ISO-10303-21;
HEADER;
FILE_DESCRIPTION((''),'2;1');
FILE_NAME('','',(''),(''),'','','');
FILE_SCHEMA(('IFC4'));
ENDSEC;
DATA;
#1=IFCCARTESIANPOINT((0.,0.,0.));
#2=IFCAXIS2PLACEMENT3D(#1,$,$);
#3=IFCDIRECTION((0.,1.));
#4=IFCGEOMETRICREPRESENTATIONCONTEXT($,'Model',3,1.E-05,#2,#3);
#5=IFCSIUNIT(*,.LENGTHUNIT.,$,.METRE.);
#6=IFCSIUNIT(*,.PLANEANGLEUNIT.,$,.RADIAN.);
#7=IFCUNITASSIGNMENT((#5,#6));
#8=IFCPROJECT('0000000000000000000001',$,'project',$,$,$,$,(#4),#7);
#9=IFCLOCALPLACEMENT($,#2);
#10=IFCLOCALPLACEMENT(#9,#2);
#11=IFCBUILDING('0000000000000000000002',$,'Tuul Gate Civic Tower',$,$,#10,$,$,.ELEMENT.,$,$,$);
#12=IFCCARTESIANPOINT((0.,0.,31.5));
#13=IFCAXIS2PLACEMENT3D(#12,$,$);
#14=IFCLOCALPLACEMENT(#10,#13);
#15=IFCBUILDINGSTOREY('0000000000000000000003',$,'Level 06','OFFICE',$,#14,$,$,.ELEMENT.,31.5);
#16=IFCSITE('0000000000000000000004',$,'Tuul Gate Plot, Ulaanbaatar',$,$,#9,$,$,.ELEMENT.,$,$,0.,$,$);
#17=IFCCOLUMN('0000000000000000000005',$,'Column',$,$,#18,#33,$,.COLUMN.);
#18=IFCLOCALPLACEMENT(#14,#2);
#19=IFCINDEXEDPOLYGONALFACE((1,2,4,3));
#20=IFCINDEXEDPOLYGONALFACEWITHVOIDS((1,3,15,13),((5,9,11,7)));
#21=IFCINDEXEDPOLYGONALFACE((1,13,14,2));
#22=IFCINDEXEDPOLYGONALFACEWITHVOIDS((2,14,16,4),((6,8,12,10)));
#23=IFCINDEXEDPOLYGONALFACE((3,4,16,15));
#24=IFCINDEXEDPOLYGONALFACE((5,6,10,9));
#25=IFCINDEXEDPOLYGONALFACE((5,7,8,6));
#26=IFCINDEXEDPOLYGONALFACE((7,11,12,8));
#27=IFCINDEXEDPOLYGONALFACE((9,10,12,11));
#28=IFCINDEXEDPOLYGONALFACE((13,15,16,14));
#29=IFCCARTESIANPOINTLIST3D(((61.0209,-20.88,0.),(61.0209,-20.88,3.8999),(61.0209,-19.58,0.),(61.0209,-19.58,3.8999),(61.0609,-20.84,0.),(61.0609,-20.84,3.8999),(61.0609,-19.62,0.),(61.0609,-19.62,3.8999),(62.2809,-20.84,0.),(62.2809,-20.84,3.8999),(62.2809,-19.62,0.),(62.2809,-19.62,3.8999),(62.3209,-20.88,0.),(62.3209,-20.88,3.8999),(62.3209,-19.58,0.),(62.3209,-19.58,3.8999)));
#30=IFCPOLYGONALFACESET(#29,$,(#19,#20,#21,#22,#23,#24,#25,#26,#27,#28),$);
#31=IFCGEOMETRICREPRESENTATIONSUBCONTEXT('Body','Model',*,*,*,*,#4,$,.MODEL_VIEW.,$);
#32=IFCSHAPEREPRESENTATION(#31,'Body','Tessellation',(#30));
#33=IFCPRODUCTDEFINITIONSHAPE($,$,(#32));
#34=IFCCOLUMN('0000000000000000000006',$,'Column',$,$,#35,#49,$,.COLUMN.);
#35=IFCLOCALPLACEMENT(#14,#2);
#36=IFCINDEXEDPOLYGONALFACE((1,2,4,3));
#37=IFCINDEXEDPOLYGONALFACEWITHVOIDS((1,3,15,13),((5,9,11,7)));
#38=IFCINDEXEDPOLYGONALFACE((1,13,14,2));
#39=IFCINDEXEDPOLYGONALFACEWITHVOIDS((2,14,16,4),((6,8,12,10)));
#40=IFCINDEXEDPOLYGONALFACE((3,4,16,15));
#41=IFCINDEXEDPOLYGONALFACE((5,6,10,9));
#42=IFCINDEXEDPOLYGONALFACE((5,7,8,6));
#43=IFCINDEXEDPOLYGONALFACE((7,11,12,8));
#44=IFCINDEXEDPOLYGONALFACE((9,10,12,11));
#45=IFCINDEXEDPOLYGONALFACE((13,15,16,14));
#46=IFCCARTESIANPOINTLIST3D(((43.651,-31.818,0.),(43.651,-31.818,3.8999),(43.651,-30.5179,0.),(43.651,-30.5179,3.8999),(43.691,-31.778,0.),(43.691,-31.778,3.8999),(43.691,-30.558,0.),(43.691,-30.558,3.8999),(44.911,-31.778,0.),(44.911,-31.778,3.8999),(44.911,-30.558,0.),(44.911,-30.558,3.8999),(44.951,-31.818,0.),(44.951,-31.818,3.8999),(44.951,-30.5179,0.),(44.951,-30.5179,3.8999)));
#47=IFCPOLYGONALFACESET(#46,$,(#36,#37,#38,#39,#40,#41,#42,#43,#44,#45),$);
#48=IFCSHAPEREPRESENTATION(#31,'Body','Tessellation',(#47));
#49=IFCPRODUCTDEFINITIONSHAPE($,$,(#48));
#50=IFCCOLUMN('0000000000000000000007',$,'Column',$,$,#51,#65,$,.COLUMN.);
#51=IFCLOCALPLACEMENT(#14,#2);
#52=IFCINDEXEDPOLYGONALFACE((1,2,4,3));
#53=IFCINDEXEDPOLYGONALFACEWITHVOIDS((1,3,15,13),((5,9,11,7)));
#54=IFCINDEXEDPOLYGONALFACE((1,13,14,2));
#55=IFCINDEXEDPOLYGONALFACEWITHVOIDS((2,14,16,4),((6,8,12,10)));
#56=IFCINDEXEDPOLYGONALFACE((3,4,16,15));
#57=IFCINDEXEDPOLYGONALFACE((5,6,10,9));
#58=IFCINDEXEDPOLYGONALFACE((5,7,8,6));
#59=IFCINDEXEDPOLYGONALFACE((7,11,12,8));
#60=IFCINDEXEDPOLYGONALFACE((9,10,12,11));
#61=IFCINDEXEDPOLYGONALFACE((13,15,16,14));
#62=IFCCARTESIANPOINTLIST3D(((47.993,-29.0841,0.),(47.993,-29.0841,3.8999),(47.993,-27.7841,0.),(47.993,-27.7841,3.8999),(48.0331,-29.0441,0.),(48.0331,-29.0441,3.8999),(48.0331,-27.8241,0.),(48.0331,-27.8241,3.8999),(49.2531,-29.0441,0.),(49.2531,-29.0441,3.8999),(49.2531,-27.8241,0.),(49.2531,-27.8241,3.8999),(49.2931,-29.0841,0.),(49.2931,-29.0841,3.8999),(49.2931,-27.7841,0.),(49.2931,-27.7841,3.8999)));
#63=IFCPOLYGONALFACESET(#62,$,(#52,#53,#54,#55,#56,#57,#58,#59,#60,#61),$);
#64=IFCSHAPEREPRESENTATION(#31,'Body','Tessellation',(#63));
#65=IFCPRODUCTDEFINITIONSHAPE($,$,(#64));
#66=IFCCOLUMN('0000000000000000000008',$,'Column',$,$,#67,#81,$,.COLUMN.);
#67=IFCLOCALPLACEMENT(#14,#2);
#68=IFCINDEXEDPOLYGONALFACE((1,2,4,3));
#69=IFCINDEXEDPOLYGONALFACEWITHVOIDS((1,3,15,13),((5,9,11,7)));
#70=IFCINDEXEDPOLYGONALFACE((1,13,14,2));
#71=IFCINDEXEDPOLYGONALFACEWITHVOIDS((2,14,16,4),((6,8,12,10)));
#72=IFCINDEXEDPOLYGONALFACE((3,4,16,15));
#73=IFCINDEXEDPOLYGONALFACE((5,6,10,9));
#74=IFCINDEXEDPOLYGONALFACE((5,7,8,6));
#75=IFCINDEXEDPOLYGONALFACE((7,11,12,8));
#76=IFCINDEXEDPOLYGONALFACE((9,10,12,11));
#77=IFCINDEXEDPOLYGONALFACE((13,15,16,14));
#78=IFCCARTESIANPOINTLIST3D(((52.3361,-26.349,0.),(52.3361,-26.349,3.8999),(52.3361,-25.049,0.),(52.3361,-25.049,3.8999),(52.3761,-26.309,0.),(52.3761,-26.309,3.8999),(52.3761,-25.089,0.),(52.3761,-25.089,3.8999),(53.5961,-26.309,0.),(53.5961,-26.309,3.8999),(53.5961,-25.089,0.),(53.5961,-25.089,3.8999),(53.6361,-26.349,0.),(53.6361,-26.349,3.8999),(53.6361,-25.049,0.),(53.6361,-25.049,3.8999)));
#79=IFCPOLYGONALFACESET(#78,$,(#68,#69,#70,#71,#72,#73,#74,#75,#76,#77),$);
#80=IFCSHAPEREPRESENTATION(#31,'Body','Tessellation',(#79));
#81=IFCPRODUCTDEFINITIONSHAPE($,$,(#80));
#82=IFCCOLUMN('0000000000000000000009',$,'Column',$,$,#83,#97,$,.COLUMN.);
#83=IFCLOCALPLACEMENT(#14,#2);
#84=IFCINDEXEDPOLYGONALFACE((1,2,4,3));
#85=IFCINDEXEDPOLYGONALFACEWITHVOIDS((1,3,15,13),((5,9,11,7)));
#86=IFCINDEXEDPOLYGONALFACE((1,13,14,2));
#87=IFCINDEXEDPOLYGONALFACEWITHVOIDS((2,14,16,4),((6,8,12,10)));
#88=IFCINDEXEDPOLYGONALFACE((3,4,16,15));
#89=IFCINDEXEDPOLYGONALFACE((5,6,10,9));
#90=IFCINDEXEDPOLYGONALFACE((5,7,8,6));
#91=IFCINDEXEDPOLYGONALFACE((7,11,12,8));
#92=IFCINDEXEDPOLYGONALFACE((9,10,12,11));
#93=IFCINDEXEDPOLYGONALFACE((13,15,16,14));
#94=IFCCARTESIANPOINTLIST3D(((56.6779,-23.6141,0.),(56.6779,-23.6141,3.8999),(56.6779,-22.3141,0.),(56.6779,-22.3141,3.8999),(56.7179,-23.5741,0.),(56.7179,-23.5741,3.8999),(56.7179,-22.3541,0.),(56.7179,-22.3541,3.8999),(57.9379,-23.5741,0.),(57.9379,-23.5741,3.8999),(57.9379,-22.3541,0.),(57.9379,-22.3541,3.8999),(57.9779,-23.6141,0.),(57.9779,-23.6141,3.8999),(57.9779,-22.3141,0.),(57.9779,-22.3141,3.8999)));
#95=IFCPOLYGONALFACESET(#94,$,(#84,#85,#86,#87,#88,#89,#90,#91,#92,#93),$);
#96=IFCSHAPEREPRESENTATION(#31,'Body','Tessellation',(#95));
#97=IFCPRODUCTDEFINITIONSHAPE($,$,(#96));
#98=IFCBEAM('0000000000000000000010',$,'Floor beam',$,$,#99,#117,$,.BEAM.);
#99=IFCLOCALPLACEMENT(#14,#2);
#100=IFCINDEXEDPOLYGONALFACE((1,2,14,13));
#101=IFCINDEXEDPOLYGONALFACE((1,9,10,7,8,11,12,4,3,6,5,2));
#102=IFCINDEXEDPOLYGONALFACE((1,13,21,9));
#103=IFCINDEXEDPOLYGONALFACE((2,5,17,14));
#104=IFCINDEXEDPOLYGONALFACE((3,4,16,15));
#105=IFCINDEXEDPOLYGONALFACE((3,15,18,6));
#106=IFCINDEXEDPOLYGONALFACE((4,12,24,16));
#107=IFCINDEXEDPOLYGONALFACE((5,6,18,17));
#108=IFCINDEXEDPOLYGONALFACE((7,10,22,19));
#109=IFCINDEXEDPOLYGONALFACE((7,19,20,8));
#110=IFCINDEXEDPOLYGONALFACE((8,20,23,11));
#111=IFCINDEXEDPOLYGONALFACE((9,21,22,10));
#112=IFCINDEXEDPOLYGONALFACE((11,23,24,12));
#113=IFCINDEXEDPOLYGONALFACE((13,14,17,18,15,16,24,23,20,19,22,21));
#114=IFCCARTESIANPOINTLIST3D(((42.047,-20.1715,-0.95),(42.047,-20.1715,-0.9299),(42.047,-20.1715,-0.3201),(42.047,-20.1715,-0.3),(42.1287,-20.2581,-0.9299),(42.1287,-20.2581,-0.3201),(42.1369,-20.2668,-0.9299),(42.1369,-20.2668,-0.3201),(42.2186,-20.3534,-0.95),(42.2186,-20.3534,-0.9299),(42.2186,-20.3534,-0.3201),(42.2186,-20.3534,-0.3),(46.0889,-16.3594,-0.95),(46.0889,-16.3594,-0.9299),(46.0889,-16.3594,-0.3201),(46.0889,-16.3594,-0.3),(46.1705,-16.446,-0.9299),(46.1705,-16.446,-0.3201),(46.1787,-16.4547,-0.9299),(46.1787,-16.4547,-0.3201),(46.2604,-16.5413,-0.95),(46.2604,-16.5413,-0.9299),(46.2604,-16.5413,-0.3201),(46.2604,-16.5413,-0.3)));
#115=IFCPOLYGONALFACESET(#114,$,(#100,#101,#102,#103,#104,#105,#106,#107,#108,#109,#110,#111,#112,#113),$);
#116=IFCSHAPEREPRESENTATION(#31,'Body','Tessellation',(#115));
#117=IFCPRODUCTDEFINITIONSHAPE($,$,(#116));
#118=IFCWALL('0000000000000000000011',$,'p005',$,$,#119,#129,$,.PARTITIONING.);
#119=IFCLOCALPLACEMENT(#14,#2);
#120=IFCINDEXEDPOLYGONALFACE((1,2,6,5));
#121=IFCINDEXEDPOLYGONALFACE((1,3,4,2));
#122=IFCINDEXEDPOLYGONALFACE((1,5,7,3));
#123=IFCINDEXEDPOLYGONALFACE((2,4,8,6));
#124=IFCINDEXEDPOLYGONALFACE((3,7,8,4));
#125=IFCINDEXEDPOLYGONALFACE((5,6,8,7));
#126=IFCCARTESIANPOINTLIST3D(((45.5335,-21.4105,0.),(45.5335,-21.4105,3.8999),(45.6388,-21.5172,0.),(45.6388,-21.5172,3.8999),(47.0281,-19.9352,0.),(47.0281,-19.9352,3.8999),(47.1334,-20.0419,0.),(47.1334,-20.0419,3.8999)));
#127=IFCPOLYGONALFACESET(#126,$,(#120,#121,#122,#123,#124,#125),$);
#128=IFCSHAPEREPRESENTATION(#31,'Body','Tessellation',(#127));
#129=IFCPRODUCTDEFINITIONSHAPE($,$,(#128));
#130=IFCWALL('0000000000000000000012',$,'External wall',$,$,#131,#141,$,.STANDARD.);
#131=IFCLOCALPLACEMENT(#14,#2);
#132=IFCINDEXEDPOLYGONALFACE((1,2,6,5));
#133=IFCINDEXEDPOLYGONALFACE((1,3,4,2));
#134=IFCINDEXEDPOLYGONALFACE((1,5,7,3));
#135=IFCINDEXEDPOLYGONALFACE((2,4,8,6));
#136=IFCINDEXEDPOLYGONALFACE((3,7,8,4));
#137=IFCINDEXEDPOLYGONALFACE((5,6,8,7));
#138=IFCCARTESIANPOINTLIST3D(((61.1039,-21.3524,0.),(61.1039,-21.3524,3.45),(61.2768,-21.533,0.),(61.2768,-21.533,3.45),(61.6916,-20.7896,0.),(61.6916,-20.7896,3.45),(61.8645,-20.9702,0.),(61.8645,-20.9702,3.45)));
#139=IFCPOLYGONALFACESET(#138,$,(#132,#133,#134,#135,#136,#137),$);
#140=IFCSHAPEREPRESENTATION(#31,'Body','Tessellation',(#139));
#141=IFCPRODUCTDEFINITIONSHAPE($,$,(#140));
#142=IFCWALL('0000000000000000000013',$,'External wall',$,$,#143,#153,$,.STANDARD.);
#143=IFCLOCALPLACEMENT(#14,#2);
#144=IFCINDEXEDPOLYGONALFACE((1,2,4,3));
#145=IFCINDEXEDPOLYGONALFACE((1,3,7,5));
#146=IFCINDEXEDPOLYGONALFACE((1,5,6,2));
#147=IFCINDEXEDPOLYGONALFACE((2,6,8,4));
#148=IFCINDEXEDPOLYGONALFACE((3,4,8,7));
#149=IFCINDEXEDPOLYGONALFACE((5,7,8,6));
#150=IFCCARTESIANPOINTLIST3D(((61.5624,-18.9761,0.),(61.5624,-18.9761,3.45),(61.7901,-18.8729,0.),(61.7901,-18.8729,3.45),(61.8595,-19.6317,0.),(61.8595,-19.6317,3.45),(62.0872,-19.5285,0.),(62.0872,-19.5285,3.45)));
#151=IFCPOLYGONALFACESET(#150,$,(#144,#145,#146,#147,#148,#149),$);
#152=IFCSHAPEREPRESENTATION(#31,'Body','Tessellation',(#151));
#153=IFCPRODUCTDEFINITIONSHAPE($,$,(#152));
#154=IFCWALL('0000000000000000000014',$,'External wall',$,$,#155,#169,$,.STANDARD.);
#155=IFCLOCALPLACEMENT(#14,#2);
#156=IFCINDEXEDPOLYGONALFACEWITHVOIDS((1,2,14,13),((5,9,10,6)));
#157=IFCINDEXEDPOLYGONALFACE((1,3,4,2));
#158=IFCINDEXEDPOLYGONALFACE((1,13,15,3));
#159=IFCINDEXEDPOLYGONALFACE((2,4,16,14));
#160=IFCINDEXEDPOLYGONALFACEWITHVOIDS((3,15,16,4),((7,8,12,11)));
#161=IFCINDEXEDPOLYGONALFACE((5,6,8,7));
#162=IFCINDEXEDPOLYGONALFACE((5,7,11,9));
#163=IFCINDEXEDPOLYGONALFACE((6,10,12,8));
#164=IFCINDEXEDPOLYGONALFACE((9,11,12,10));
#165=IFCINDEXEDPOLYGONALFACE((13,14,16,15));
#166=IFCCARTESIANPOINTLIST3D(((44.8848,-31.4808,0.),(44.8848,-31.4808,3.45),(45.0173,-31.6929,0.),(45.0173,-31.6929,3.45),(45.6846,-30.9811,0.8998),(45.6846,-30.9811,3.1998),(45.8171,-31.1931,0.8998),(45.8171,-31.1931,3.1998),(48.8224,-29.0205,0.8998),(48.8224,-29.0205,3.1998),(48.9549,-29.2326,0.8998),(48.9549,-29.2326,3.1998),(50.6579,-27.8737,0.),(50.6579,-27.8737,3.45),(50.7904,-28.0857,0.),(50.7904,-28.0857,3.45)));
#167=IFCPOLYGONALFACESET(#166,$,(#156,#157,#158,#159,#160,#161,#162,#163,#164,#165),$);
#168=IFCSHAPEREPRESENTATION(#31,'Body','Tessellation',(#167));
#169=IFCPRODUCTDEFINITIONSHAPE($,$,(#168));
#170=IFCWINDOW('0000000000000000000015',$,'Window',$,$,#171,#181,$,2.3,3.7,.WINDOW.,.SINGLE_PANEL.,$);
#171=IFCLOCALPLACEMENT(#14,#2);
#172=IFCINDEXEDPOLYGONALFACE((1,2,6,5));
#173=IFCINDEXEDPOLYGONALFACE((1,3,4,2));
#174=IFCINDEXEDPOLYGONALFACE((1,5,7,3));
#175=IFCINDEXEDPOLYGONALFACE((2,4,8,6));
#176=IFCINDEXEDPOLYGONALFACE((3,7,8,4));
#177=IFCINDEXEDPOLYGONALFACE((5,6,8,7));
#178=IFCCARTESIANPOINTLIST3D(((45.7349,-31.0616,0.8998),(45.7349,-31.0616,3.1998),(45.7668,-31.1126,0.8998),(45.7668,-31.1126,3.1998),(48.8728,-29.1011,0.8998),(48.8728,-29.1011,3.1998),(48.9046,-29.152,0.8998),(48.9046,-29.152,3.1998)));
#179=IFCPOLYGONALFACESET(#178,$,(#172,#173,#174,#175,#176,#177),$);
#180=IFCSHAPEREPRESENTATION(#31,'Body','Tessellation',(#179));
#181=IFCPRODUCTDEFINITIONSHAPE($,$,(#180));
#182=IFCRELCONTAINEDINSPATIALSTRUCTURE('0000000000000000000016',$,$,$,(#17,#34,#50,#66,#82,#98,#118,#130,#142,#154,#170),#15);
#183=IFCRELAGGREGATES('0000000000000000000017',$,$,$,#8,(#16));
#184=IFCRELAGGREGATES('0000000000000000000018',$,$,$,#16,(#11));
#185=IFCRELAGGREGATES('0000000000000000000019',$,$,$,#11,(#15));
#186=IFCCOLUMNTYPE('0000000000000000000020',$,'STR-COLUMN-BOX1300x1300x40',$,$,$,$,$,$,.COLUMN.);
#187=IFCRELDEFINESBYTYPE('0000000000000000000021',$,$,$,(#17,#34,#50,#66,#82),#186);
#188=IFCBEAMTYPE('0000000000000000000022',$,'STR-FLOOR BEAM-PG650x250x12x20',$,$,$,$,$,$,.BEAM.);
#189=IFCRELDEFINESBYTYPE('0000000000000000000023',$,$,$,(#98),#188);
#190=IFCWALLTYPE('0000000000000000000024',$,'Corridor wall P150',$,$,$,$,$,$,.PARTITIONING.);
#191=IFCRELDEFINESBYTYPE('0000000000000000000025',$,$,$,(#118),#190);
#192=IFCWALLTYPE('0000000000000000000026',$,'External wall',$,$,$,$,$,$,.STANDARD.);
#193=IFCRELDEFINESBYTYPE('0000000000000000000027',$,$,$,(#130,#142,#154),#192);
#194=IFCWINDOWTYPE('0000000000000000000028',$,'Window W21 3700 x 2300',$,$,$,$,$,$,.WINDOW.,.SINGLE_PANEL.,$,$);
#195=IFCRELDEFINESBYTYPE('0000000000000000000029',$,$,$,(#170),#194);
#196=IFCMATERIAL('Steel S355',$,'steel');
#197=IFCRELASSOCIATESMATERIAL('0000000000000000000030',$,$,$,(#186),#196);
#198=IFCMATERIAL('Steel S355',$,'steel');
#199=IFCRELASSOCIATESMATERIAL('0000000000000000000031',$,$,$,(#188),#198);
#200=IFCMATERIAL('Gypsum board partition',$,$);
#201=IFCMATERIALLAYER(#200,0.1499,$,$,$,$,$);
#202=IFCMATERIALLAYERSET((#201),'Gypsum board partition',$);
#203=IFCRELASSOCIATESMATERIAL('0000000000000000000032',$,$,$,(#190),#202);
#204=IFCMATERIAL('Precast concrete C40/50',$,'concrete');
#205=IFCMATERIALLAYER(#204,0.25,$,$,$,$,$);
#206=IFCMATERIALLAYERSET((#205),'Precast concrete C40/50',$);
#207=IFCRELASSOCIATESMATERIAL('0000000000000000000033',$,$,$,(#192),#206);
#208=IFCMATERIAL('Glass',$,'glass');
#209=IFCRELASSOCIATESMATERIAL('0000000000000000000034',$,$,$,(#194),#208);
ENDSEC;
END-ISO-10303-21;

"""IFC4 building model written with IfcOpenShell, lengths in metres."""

from ifc_helpers import new_model, si_unit, direction, frame, frame_2d, origin, origin_2d, place, context, subcontext, project, spatial, rectangle, hollow_rectangle, i_section, extrude, material, layer, layer_set, material_profile, profile_set, type_object, element, fill, save


model = new_model("IFC4")

# Units and contexts
model_context = context("Model", 3, precision=1e-05, world=origin(), true_north=direction((0.0, 1.0)))
body_context = subcontext(model_context, "Body", "Model", "MODEL_VIEW")
ifc_project = project(units=[si_unit("LENGTHUNIT", "METRE"), si_unit("PLANEANGLEUNIT", "RADIAN")], contexts=[model_context])

# Site, building, storey
site_placement = place(None, origin())
site = spatial("IfcSite", under=ifc_project, at=site_placement, Name="Tuul Gate Plot, Ulaanbaatar", CompositionType="ELEMENT", RefElevation=0.0)
building_placement = place(site_placement, origin())
building = spatial("IfcBuilding", under=site, at=building_placement, Name="Tuul Gate Civic Tower", CompositionType="ELEMENT")
storey_placement = place(building_placement, frame((0.0, 0.0, 31.5)))
storey = spatial("IfcBuildingStorey", under=building, at=storey_placement, Name="Level 06", Description="OFFICE", CompositionType="ELEMENT", Elevation=31.5)

# Columns
ifc_material_1 = material(Name="Steel S355", Category="steel")
ifc_material_profile_1 = material_profile(ifc_material_1, hollow_rectangle(XDim=1.3, YDim=1.3, WallThickness=0.04, at=origin_2d()), Name="BOX1300x1300x40")
ifc_profile_set_1 = profile_set([ifc_material_profile_1], Name="Steel S355")
column_type = type_object("IfcColumnType", Name="STR-COLUMN-BOX1300x1300x40", PredefinedType="COLUMN", material=ifc_profile_set_1)
for number, where, z_axis, x_axis, name in (
    (1, (61.6709, -20.23, 0.0), (0.0, 0.0, 1.0), (1.0, 0.0, 0.0), "Column"),
    (2, (44.301, -31.168, 0.0), (0.0, 0.0, 1.0), (1.0, 0.0, 0.0), "Column"),
    (3, (48.6431, -28.4341, 0.0), (0.0, 0.0, 1.0), (1.0, 0.0, 0.0), "Column"),
    (4, (52.9861, -25.699, 0.0), (0.0, 0.0, 1.0), (1.0, 0.0, 0.0), "Column"),
    (5, (57.3279, -22.9641, 0.0), (0.0, 0.0, 1.0), (1.0, 0.0, 0.0), "Column"),
):
    element("IfcColumn", number, at=place(storey_placement, frame(where, z_axis=z_axis, x_axis=x_axis)), inside=storey, type_object=column_type, Name=name, PredefinedType="COLUMN", context=body_context, shape_type="SweptSolid", body=[
        extrude(hollow_rectangle(XDim=1.3, YDim=1.3, WallThickness=0.04, at=origin_2d()), origin(), (0.0, 0.0, 1.0), 3.8999),
    ])

# Beam
ifc_material_2 = material(Name="Steel S355", Category="steel")
ifc_material_profile_2 = material_profile(ifc_material_2, i_section(OverallWidth=0.25, OverallDepth=0.6499, WebThickness=0.012, FlangeThickness=0.02, at=origin_2d()), Name="PG650x250x12x20")
ifc_profile_set_2 = profile_set([ifc_material_profile_2], Name="Steel S355")
beam_type = type_object("IfcBeamType", Name="STR-FLOOR BEAM-PG650x250x12x20", PredefinedType="BEAM", material=ifc_profile_set_2)
beam_placement = place(storey_placement, frame((42.1328, -20.2625, -0.625), z_axis=(0.72748, 0.686129, 0.0), x_axis=(-0.686129, 0.72748, 0.0)))
element("IfcBeam", 6, at=beam_placement, inside=storey, type_object=beam_type, Name="Floor beam", PredefinedType="BEAM", context=body_context, shape_type="SweptSolid", body=[
    extrude(i_section(OverallWidth=0.25, OverallDepth=0.6499, WebThickness=0.012, FlangeThickness=0.02, at=origin_2d()), origin(), (0.0, 0.0, 1.0), 5.5559),
])

# Walls
ifc_material_3 = material(Name="Gypsum board partition")
ifc_layer_1 = layer(ifc_material_3, 0.1499)
ifc_layer_set_1 = layer_set([ifc_layer_1], Name="Gypsum board partition")
wall_type_1 = type_object("IfcWallType", Name="Corridor wall P150", PredefinedType="PARTITIONING", material=ifc_layer_set_1)
wall_1_placement = place(storey_placement, frame((45.5862, -21.4639, 0.0), z_axis=(0.0, 0.0, 1.0), x_axis=(0.711684, 0.7025, 0.0)))
element("IfcWall", 7, at=wall_1_placement, inside=storey, type_object=wall_type_1, Name="p005", PredefinedType="PARTITIONING", context=body_context, shape_type="SweptSolid", body=[
    extrude(rectangle(XDim=2.1001, YDim=0.1499, at=frame_2d((1.05, 0.0))), origin(), (0.0, 0.0, 1.0), 3.8999),
])
ifc_material_4 = material(Name="Precast concrete C40/50", Category="concrete")
ifc_layer_2 = layer(ifc_material_4, 0.25)
ifc_layer_set_2 = layer_set([ifc_layer_2], Name="Precast concrete C40/50")
wall_type_2 = type_object("IfcWallType", Name="External wall", PredefinedType="STANDARD", material=ifc_layer_set_2)
wall_2_placement = place(storey_placement, frame((61.1904, -21.4426, 0.0), z_axis=(0.0, 0.0, 1.0), x_axis=(0.722244, 0.691638, 0.0)))
element("IfcWall", 8, at=wall_2_placement, inside=storey, type_object=wall_type_2, Name="External wall", PredefinedType="STANDARD", context=body_context, shape_type="SweptSolid", body=[
    extrude(rectangle(XDim=0.8137, YDim=0.25, at=frame_2d((0.4067, 0.0))), origin(), (0.0, 0.0, 1.0), 3.45),
])
wall_3_placement = place(storey_placement, frame((61.9734, -19.5801, 0.0), z_axis=(0.0, 0.0, 1.0), x_axis=(-0.412832, 0.910807, 0.0)))
element("IfcWall", 9, at=wall_3_placement, inside=storey, type_object=wall_type_2, Name="External wall", PredefinedType="STANDARD", context=body_context, shape_type="SweptSolid", body=[
    extrude(rectangle(XDim=0.7197, YDim=0.25, at=frame_2d((0.3599, 0.0))), origin(), (0.0, 0.0, 1.0), 3.45),
])

# Shared definitions
ifc_material_5 = material(Name="Glass", Category="glass")
window_type_1 = type_object("IfcWindowType", Name="Window W21 3700 x 2300", PartitioningType="SINGLE_PANEL", PredefinedType="WINDOW", material=ifc_material_5)

# Wall, opening, window
wall_4_placement = place(storey_placement, frame((44.9509, -31.5869, 0.0), z_axis=(0.0, 0.0, 1.0), x_axis=(0.848069, 0.529886, 0.0)))
wall_4 = element("IfcWall", 10, at=wall_4_placement, inside=storey, type_object=wall_type_2, Name="External wall", PredefinedType="STANDARD", context=body_context, shape_type="SweptSolid", body=[
    extrude(rectangle(XDim=6.8074, YDim=0.25, at=frame_2d((3.4038, 0.0))), origin(), (0.0, 0.0, 1.0), 3.45),
])
opening_1_placement = place(wall_4_placement, frame((0.9431, 0.0, 0.8999)))
opening_1 = element("IfcOpeningElement", 11, at=opening_1_placement, cuts=wall_4, PredefinedType="OPENING", context=body_context, shape_type="SweptSolid", body=[
    extrude(rectangle(XDim=3.7, YDim=2.3, at=frame_2d((1.8501, 1.1499))), frame((0.0, 0.135, 0.0), z_axis=(0.0, -1.0, 0.0), x_axis=(1.0, 0.0, 0.0)), (0.0, 0.0, 1.0), 0.27),
])
window_1_placement = place(opening_1_placement, origin())
window_1 = element("IfcWindow", 12, at=window_1_placement, inside=storey, type_object=window_type_1, Name="Window", OverallHeight=2.3, OverallWidth=3.7, PartitioningType="SINGLE_PANEL", PredefinedType="WINDOW", context=body_context, shape_type="SweptSolid", body=[
    extrude(rectangle(XDim=3.7, YDim=2.3, at=frame_2d((1.8501, 1.1499))), frame((0.0, 0.03, 0.0), z_axis=(0.0, -1.0, 0.0), x_axis=(1.0, 0.0, 0.0)), (0.0, 0.0, 1.0), 0.0601),
])
fill(opening_1, window_1)

save(model, "model.ifc")
